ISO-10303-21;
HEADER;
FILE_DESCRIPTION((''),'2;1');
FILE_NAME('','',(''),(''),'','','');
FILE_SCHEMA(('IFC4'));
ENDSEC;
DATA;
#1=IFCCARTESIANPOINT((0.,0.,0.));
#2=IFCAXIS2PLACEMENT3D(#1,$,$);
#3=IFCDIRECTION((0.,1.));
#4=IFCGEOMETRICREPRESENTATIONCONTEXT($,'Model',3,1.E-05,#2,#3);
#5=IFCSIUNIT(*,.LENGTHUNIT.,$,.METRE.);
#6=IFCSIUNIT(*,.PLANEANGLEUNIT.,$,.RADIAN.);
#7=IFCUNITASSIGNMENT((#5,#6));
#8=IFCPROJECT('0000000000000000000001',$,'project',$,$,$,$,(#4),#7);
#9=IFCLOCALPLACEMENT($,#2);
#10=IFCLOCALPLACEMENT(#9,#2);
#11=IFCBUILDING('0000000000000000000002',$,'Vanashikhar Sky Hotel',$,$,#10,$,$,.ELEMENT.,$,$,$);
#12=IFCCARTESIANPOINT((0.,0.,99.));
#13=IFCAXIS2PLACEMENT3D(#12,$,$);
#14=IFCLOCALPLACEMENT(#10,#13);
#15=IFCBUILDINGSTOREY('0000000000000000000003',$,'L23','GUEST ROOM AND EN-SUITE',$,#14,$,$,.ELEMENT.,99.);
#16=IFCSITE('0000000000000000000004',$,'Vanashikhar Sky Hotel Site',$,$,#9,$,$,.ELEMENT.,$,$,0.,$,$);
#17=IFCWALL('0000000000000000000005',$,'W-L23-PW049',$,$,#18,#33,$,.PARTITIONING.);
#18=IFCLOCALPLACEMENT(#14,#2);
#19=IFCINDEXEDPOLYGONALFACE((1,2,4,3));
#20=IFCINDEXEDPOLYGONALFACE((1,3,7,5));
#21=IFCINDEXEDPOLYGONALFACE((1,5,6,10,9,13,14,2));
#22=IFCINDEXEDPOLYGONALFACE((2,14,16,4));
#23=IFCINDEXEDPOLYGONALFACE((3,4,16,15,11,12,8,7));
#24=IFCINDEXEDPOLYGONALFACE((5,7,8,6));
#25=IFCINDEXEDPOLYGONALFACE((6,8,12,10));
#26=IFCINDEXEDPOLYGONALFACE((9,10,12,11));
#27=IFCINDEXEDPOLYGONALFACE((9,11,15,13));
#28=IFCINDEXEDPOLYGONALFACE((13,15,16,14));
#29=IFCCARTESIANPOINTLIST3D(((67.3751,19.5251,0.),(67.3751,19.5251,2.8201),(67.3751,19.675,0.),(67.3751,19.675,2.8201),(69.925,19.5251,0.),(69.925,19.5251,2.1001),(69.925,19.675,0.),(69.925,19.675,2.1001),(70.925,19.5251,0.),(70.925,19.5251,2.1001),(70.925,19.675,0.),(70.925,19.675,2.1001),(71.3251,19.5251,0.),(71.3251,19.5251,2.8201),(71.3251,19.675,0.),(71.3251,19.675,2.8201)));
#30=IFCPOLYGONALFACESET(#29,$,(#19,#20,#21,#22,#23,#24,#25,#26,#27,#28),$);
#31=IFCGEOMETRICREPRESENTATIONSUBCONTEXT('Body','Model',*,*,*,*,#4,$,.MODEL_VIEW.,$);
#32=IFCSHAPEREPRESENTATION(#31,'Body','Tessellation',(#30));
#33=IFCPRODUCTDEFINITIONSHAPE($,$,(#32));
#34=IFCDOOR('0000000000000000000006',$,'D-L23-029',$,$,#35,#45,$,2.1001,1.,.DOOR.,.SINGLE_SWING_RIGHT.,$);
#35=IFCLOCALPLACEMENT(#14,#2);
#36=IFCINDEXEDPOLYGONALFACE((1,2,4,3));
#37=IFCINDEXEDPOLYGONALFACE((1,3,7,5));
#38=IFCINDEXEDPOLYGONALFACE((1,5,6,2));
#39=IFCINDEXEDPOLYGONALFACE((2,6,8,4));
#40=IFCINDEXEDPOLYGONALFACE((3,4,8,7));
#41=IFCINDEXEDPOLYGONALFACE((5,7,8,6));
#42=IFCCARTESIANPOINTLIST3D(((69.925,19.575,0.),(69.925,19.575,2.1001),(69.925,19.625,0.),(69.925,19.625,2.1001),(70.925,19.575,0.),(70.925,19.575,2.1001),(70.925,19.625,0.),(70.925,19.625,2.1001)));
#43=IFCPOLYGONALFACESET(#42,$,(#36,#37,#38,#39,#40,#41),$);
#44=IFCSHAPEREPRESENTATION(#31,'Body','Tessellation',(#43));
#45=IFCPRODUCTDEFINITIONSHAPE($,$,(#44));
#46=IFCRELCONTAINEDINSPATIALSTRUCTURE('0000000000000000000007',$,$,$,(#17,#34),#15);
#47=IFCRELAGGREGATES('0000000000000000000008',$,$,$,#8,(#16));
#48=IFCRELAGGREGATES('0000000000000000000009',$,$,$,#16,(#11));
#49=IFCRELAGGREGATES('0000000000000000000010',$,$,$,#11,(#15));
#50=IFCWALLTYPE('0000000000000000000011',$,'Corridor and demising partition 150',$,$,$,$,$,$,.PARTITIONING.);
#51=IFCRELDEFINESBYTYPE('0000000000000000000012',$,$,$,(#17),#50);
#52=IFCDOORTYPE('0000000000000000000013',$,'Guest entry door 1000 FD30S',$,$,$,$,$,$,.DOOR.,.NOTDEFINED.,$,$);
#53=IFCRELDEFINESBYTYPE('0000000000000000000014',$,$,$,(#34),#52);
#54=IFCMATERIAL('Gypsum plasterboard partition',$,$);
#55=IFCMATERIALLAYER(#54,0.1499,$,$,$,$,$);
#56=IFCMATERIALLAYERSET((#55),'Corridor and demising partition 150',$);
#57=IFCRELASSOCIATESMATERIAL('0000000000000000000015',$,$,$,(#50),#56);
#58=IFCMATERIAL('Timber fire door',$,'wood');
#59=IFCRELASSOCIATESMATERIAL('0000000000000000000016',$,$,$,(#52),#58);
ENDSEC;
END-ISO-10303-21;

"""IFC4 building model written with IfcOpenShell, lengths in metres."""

from ifc_helpers import new_model, si_unit, direction, frame, frame_2d, origin, place, context, subcontext, project, spatial, rectangle, extrude, source, transform, mapped, material, layer, layer_set, type_object, element, fill, save


model = new_model("IFC4")

# Units and contexts
model_context = context("Model", 3, precision=1e-05, world=origin(), true_north=direction((0.0, 1.0)))
body_context = subcontext(model_context, "Body", "Model", "MODEL_VIEW")
ifc_project = project(units=[si_unit("LENGTHUNIT", "METRE"), si_unit("PLANEANGLEUNIT", "RADIAN")], contexts=[model_context])

# Site, building, storey
site_placement = place(None, origin())
site = spatial("IfcSite", under=ifc_project, at=site_placement, Name="Vanashikhar Sky Hotel Site", CompositionType="ELEMENT", RefElevation=0.0)
building_placement = place(site_placement, origin())
building = spatial("IfcBuilding", under=site, at=building_placement, Name="Vanashikhar Sky Hotel", CompositionType="ELEMENT")
storey_placement = place(building_placement, frame((0.0, 0.0, 99.0)))
storey = spatial("IfcBuildingStorey", under=building, at=storey_placement, Name="L23", Description="GUEST ROOM AND EN-SUITE", CompositionType="ELEMENT", Elevation=99.0)

# Wall, opening, door
ifc_material_1 = material(Name="Gypsum plasterboard partition")
ifc_layer_1 = layer(ifc_material_1, 0.1499)
ifc_layer_set_1 = layer_set([ifc_layer_1], Name="Corridor and demising partition 150")
wall_type_1 = type_object("IfcWallType", Name="Corridor and demising partition 150", PredefinedType="PARTITIONING", material=ifc_layer_set_1)
shared_shape_1 = source(origin(), body_context, "Body", "SweptSolid", [
    extrude(rectangle(XDim=1.0, YDim=2.1001, at=frame_2d((0.5, 1.05))), frame((0.0, 0.085, 0.0), z_axis=(0.0, -1.0, 0.0), x_axis=(1.0, 0.0, 0.0)), (0.0, 0.0, 1.0), 0.1699),
])
ifc_material_2 = material(Name="Timber fire door", Category="wood")
door_type_1 = type_object("IfcDoorType", Name="Guest entry door 1000 FD30S", OperationType="NOTDEFINED", PredefinedType="DOOR", material=ifc_material_2)
shared_shape_2 = source(origin(), body_context, "Body", "SweptSolid", [
    extrude(rectangle(XDim=1.0, YDim=2.1001, at=frame_2d((0.5, 1.05))), frame((0.0, 0.0249, 0.0), z_axis=(0.0, -1.0, 0.0), x_axis=(1.0, 0.0, 0.0)), (0.0, 0.0, 1.0), 0.05),
])
shared_shape_3 = source(origin(), body_context, "Body", "SweptSolid", [
    extrude(rectangle(XDim=3.95, YDim=0.1499, at=frame_2d((1.9751, 0.0))), origin(), (0.0, 0.0, 1.0), 2.8201),
])
wall_1_placement = place(storey_placement, frame((67.375, 19.6001, 0.0), z_axis=(0.0, 0.0, 1.0), x_axis=(1.0, 0.0, 0.0)))
wall_1 = element("IfcWall", 1, at=wall_1_placement, inside=storey, type_object=wall_type_1, Name="W-L23-PW049", PredefinedType="PARTITIONING", context=body_context, shape_type="MappedRepresentation", body=[
    mapped(shared_shape_3, transform((0.0, 0.0, 0.0), scale=1.0)),
])
opening_1_placement = place(wall_1_placement, frame((2.55, 0.0, 0.0)))
opening_1 = element("IfcOpeningElement", 2, at=opening_1_placement, cuts=wall_1, PredefinedType="OPENING", context=body_context, shape_type="MappedRepresentation", body=[
    mapped(shared_shape_1, transform((0.0, 0.0, 0.0), scale=1.0)),
])
door_1_placement = place(opening_1_placement, origin())
door_1 = element("IfcDoor", 3, at=door_1_placement, inside=storey, type_object=door_type_1, Name="D-L23-029", OperationType="SINGLE_SWING_RIGHT", OverallHeight=2.1001, OverallWidth=1.0, PredefinedType="DOOR", context=body_context, shape_type="MappedRepresentation", body=[
    mapped(shared_shape_2, transform((0.0, 0.0, 0.0), scale=1.0)),
])
fill(opening_1, door_1)

save(model, "model.ifc")
